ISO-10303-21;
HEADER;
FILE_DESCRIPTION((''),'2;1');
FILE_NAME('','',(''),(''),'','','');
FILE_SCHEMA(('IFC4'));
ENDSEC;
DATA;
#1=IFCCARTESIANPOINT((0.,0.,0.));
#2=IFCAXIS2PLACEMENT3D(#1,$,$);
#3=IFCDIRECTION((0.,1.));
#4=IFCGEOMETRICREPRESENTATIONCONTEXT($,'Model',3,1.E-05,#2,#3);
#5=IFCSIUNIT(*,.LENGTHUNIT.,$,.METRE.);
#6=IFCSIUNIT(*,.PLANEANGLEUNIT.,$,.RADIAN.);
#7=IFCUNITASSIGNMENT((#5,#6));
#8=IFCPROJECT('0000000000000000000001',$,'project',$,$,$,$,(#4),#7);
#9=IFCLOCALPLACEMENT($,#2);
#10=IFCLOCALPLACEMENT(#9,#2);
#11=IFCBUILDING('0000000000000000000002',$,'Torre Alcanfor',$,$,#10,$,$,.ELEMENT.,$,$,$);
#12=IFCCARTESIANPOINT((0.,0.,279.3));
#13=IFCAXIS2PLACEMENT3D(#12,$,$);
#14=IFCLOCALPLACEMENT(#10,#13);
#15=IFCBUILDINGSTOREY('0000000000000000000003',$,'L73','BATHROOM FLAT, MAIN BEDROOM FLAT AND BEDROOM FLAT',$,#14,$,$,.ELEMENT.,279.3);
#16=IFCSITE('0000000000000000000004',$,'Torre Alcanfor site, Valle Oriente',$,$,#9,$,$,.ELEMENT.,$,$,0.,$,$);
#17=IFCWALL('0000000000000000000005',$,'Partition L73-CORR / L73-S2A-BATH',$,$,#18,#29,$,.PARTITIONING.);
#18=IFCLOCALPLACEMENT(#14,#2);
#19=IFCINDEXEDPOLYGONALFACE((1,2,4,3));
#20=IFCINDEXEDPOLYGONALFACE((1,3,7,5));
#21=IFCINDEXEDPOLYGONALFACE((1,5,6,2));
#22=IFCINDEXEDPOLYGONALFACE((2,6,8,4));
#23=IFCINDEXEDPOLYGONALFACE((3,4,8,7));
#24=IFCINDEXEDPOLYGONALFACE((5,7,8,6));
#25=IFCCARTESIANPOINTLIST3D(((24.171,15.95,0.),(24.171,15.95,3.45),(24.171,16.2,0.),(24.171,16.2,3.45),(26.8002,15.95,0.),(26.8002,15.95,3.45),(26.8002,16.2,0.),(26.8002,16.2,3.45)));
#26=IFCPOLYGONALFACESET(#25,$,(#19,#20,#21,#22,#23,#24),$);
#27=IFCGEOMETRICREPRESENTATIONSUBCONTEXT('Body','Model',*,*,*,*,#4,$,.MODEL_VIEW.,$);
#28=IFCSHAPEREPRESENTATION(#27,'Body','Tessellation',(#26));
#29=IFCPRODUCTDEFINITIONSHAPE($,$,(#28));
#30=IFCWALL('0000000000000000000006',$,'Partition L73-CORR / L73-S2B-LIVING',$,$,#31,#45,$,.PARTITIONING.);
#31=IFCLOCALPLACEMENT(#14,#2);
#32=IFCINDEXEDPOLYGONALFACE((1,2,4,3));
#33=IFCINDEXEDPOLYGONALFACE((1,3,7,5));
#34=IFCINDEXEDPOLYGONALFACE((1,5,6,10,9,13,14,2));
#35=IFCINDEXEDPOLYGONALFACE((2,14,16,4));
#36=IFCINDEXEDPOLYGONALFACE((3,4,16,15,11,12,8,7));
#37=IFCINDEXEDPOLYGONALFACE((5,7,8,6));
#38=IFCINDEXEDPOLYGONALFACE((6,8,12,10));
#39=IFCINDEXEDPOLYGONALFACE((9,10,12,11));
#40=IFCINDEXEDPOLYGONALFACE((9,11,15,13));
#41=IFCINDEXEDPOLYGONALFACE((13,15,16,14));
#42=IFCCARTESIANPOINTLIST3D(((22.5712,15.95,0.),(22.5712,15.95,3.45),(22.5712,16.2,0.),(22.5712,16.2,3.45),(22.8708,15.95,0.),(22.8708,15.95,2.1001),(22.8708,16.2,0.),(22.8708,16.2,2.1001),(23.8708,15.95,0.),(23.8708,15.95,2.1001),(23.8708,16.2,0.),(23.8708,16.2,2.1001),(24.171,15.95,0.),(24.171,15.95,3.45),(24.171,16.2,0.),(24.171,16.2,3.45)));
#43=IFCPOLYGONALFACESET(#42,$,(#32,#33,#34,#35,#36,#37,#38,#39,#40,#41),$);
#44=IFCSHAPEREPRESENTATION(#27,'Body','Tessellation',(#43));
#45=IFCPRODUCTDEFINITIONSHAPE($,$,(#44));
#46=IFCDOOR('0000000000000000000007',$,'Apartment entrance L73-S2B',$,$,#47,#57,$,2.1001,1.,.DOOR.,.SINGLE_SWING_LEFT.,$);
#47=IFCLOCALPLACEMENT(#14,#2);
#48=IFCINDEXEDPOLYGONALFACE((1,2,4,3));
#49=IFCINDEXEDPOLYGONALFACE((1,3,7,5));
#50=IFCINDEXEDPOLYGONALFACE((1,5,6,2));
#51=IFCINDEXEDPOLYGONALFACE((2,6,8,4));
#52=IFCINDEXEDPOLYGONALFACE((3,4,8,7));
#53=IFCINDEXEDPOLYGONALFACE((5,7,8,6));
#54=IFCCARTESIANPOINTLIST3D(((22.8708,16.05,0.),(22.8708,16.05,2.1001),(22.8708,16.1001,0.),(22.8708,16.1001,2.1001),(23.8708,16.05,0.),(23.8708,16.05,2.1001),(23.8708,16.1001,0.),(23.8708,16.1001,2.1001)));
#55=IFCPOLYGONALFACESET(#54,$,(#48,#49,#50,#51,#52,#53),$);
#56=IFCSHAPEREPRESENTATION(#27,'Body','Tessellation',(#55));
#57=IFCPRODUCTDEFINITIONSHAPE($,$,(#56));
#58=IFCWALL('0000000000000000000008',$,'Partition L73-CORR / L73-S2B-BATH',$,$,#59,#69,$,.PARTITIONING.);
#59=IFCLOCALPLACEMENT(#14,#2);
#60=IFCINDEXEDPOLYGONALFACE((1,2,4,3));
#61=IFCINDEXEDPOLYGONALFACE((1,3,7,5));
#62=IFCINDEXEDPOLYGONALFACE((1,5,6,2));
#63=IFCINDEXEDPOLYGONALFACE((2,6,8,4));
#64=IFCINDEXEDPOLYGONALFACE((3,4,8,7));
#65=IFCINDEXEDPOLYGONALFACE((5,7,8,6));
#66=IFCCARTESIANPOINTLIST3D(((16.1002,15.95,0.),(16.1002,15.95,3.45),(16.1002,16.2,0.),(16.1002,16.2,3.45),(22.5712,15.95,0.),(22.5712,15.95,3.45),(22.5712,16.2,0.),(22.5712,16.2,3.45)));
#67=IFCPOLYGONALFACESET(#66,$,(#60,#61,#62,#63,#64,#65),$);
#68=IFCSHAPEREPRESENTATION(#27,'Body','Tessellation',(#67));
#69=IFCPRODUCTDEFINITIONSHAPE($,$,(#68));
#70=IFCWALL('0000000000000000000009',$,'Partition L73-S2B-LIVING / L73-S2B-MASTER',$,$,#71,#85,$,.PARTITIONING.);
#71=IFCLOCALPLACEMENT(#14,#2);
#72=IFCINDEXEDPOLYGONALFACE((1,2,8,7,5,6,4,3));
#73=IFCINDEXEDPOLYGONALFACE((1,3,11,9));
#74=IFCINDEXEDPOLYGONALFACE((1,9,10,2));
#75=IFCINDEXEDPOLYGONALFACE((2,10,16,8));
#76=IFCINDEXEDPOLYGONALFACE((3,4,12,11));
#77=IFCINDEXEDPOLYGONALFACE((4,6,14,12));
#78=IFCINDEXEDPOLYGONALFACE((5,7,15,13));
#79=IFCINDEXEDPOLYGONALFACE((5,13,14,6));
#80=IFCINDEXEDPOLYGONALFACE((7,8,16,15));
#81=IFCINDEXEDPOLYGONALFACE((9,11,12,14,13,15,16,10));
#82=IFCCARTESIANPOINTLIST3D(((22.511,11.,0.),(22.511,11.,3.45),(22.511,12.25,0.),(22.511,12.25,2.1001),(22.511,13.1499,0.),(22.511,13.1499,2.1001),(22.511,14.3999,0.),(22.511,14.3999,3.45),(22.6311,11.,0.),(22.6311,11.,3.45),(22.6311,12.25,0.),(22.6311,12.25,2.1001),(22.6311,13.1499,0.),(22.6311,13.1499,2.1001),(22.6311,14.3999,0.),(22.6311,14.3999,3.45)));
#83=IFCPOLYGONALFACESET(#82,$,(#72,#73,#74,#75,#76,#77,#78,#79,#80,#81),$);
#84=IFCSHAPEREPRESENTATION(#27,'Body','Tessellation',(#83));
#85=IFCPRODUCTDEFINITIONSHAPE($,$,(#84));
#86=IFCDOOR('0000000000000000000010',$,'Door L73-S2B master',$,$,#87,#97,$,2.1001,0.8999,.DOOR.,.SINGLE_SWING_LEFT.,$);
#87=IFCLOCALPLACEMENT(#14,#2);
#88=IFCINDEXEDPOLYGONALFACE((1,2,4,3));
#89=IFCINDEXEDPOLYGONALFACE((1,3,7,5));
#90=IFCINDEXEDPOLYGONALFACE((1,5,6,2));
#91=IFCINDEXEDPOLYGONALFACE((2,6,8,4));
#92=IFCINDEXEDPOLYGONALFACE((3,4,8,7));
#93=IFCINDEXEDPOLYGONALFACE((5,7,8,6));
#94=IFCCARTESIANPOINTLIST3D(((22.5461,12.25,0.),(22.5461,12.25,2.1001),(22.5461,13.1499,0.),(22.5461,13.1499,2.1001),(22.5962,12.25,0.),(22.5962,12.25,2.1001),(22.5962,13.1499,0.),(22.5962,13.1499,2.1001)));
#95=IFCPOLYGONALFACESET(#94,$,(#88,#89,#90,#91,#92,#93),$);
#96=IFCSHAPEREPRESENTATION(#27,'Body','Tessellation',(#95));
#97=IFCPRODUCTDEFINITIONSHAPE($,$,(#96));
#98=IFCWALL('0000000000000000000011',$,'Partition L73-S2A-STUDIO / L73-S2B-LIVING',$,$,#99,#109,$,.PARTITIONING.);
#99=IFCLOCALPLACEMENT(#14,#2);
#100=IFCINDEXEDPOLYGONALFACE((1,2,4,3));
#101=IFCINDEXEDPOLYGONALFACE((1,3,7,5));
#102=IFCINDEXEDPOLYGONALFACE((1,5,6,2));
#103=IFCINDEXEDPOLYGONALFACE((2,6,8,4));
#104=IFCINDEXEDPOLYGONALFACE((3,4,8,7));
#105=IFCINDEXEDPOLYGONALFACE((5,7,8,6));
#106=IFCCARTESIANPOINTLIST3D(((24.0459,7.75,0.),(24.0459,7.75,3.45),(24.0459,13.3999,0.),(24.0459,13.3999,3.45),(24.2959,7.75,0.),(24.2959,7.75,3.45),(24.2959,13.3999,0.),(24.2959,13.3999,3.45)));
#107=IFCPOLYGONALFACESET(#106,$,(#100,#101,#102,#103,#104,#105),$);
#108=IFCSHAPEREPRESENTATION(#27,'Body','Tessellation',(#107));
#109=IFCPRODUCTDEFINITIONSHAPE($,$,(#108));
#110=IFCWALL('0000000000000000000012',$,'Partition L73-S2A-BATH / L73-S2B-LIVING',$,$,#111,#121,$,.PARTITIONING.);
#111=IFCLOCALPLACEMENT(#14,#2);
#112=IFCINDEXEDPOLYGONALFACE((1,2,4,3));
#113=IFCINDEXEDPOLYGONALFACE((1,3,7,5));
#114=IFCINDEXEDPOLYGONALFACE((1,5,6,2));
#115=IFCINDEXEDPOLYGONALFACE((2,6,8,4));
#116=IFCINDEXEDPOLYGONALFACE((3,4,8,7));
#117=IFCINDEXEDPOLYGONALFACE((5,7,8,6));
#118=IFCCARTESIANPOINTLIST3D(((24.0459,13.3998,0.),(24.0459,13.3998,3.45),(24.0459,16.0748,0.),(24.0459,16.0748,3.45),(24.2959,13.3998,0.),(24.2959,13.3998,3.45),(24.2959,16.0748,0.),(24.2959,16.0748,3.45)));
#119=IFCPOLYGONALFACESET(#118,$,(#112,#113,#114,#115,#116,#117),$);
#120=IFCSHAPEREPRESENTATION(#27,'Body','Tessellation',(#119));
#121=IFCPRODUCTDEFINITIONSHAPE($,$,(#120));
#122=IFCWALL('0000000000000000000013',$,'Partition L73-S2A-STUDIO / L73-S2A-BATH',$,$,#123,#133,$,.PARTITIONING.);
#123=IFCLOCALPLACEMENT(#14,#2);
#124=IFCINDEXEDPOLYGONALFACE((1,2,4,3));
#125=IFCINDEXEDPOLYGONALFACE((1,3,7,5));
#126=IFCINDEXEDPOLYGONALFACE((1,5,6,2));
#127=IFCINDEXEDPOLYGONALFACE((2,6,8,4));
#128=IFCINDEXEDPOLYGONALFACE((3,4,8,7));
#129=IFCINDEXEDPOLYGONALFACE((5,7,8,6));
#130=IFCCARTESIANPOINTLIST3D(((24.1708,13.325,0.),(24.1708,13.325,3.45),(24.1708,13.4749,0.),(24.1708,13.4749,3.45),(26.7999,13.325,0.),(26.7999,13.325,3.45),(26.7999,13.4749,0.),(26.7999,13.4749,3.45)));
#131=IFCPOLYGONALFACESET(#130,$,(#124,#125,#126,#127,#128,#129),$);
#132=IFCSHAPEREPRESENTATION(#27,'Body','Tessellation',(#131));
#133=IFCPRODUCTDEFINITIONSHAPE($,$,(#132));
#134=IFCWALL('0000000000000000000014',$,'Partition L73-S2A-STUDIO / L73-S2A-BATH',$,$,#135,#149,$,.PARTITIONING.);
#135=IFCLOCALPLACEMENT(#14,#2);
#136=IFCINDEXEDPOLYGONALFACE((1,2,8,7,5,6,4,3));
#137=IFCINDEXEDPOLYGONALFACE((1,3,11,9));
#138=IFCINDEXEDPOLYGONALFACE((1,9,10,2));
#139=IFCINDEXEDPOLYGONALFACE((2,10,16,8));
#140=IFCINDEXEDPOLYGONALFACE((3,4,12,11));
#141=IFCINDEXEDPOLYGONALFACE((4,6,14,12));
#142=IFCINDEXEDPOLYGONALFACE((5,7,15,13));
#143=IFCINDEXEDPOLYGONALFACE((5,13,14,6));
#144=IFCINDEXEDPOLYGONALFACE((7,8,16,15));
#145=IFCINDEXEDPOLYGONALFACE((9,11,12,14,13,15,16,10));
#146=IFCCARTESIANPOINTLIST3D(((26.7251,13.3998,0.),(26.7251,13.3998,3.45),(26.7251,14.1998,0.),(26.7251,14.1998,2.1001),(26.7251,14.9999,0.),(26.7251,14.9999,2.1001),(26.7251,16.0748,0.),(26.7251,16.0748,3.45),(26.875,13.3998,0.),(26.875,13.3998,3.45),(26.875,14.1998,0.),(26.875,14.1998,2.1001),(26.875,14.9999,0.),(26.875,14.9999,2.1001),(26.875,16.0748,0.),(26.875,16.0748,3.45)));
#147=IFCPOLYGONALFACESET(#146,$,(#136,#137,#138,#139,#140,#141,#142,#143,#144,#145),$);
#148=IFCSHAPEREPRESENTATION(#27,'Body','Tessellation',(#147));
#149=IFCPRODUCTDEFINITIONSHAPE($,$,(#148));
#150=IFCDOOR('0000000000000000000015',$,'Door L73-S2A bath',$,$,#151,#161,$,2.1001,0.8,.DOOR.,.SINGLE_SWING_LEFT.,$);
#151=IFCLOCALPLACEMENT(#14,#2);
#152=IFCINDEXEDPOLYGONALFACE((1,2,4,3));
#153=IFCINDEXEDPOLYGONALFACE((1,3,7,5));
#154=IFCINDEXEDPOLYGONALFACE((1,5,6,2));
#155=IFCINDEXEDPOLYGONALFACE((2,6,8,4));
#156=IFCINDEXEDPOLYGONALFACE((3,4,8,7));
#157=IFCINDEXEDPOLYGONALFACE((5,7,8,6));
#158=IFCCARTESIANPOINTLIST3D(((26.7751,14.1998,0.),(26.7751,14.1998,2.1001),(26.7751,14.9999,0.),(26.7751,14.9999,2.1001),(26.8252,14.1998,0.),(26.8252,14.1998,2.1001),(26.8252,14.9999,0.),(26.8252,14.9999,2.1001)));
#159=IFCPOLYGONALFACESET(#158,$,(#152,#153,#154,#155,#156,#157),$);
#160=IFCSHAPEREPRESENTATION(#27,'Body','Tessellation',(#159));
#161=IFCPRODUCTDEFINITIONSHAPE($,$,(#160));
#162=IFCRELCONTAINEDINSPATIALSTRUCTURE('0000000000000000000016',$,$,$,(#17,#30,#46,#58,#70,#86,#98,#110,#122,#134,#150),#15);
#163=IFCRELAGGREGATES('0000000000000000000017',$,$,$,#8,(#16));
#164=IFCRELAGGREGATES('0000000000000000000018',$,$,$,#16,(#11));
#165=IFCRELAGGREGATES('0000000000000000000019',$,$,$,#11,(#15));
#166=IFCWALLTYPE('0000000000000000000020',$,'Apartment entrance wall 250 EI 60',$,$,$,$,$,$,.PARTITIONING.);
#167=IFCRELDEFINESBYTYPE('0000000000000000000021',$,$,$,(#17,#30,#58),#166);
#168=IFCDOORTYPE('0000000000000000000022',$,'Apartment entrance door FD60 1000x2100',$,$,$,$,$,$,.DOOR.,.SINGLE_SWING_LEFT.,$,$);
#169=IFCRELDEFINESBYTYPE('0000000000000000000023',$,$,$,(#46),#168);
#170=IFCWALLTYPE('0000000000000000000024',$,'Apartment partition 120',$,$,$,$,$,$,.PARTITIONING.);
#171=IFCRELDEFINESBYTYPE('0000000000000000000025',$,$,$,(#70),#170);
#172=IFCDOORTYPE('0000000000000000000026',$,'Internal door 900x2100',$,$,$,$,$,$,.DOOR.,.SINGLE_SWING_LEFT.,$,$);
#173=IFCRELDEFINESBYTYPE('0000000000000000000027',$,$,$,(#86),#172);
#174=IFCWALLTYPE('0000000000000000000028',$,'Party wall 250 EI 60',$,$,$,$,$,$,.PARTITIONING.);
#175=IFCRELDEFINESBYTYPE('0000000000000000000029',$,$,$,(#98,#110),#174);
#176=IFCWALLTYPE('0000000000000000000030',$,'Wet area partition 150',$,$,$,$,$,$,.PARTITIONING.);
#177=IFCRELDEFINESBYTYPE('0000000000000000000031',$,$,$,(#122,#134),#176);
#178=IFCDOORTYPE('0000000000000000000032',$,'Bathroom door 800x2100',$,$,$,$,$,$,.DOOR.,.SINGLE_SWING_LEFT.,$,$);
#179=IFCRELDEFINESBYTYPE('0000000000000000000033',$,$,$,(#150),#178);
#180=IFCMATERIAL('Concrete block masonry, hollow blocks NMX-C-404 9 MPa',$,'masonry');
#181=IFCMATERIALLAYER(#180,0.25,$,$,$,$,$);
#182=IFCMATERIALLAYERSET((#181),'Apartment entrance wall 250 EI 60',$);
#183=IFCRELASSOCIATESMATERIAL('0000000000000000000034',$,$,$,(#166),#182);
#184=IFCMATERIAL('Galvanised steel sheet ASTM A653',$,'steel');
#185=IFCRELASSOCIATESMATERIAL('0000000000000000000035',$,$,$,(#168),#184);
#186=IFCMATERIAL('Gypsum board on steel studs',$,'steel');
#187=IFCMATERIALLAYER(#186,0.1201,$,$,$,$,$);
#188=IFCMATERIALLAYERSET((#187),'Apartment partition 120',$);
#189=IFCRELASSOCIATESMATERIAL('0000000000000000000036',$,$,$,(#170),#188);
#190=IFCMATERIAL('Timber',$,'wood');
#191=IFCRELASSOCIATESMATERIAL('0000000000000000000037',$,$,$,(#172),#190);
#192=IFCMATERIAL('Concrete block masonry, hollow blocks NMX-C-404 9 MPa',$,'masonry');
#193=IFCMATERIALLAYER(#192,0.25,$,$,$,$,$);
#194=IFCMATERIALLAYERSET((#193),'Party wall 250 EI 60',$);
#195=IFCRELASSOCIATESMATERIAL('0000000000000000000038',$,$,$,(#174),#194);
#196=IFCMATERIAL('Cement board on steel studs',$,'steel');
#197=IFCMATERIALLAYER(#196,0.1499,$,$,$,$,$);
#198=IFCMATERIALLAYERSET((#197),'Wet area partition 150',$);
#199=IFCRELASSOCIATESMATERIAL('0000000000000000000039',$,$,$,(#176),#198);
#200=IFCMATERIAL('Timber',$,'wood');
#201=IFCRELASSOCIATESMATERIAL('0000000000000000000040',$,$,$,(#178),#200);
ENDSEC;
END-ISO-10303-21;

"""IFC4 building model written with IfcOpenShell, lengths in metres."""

from ifc_helpers import new_model, si_unit, direction, frame, frame_2d, origin, place, context, subcontext, project, spatial, rectangle, extrude, material, layer, layer_set, type_object, element, fill, save


model = new_model("IFC4")

# Units and contexts
model_context = context("Model", 3, precision=1e-05, world=origin(), true_north=direction((0.0, 1.0)))
body_context = subcontext(model_context, "Body", "Model", "MODEL_VIEW")
ifc_project = project(units=[si_unit("LENGTHUNIT", "METRE"), si_unit("PLANEANGLEUNIT", "RADIAN")], contexts=[model_context])

# Site, building, storey
site_placement = place(None, origin())
site = spatial("IfcSite", under=ifc_project, at=site_placement, Name="Torre Alcanfor site, Valle Oriente", CompositionType="ELEMENT", RefElevation=0.0)
building_placement = place(site_placement, origin())
building = spatial("IfcBuilding", under=site, at=building_placement, Name="Torre Alcanfor", CompositionType="ELEMENT")
storey_placement = place(building_placement, frame((0.0, 0.0, 279.3)))
storey = spatial("IfcBuildingStorey", under=building, at=storey_placement, Name="L73", Description="BATHROOM FLAT, MAIN BEDROOM FLAT AND BEDROOM FLAT", CompositionType="ELEMENT", Elevation=279.3)

# Wall
ifc_material_1 = material(Name="Concrete block masonry, hollow blocks NMX-C-404 9 MPa", Category="masonry")
ifc_layer_1 = layer(ifc_material_1, 0.25)
ifc_layer_set_1 = layer_set([ifc_layer_1], Name="Apartment entrance wall 250 EI 60")
wall_type_1 = type_object("IfcWallType", Name="Apartment entrance wall 250 EI 60", PredefinedType="PARTITIONING", material=ifc_layer_set_1)
wall_1_placement = place(storey_placement, frame((26.8, 16.075, 0.0), z_axis=(0.0, 0.0, 1.0), x_axis=(-1.0, 0.0, 0.0)))
element("IfcWall", 1, at=wall_1_placement, inside=storey, type_object=wall_type_1, Name="Partition L73-CORR / L73-S2A-BATH", PredefinedType="PARTITIONING", context=body_context, shape_type="SweptSolid", body=[
    extrude(rectangle(XDim=2.6292, YDim=0.25, at=frame_2d((1.3145, 0.0))), origin(), (0.0, 0.0, 1.0), 3.45),
])

# Wall, opening, door
wall_2_placement = place(storey_placement, frame((24.1709, 16.075, 0.0), z_axis=(0.0, 0.0, 1.0), x_axis=(-1.0, 0.0, 0.0)))
wall_2 = element("IfcWall", 2, at=wall_2_placement, inside=storey, type_object=wall_type_1, Name="Partition L73-CORR / L73-S2B-LIVING", PredefinedType="PARTITIONING", context=body_context, shape_type="SweptSolid", body=[
    extrude(rectangle(XDim=1.5999, YDim=0.25, at=frame_2d((0.7998, 0.0))), origin(), (0.0, 0.0, 1.0), 3.45),
])
opening_1_placement = place(wall_2_placement, frame((0.3, 0.0, 0.0)))
opening_1 = element("IfcOpeningElement", 3, at=opening_1_placement, cuts=wall_2, PredefinedType="OPENING", context=body_context, shape_type="SweptSolid", body=[
    extrude(rectangle(XDim=1.0, YDim=2.1001, at=frame_2d((0.5, 1.05))), frame((0.0, 0.135, 0.0), z_axis=(0.0, -1.0, 0.0), x_axis=(1.0, 0.0, 0.0)), (0.0, 0.0, 1.0), 0.27),
])
ifc_material_2 = material(Name="Galvanised steel sheet ASTM A653", Category="steel")
door_type_1 = type_object("IfcDoorType", Name="Apartment entrance door FD60 1000x2100", OperationType="SINGLE_SWING_LEFT", PredefinedType="DOOR", material=ifc_material_2)
door_1_placement = place(opening_1_placement, origin())
door_1 = element("IfcDoor", 4, at=door_1_placement, inside=storey, type_object=door_type_1, Name="Apartment entrance L73-S2B", OperationType="SINGLE_SWING_LEFT", OverallHeight=2.1001, OverallWidth=1.0, PredefinedType="DOOR", context=body_context, shape_type="SweptSolid", body=[
    extrude(rectangle(XDim=1.0, YDim=2.1001, at=frame_2d((0.5, 1.05))), frame((0.0, 0.0249, 0.0), z_axis=(0.0, -1.0, 0.0), x_axis=(1.0, 0.0, 0.0)), (0.0, 0.0, 1.0), 0.05),
])
fill(opening_1, door_1)

# Wall
wall_3_placement = place(storey_placement, frame((22.571, 16.075, 0.0), z_axis=(0.0, 0.0, 1.0), x_axis=(-1.0, 0.0, 0.0)))
element("IfcWall", 5, at=wall_3_placement, inside=storey, type_object=wall_type_1, Name="Partition L73-CORR / L73-S2B-BATH", PredefinedType="PARTITIONING", context=body_context, shape_type="SweptSolid", body=[
    extrude(rectangle(XDim=6.4709, YDim=0.25, at=frame_2d((3.2354, 0.0))), origin(), (0.0, 0.0, 1.0), 3.45),
])

# Wall, opening, door
ifc_material_3 = material(Name="Gypsum board on steel studs", Category="steel")
ifc_layer_2 = layer(ifc_material_3, 0.1201)
ifc_layer_set_2 = layer_set([ifc_layer_2], Name="Apartment partition 120")
wall_type_2 = type_object("IfcWallType", Name="Apartment partition 120", PredefinedType="PARTITIONING", material=ifc_layer_set_2)
wall_4_placement = place(storey_placement, frame((22.571, 11.0, 0.0), z_axis=(0.0, 0.0, 1.0), x_axis=(0.0, 1.0, 0.0)))
wall_4 = element("IfcWall", 6, at=wall_4_placement, inside=storey, type_object=wall_type_2, Name="Partition L73-S2B-LIVING / L73-S2B-MASTER", PredefinedType="PARTITIONING", context=body_context, shape_type="SweptSolid", body=[
    extrude(rectangle(XDim=3.3999, YDim=0.1201, at=frame_2d((1.7, 0.0))), origin(), (0.0, 0.0, 1.0), 3.45),
])
opening_2_placement = place(wall_4_placement, frame((1.25, 0.0, 0.0)))
opening_2 = element("IfcOpeningElement", 7, at=opening_2_placement, cuts=wall_4, PredefinedType="OPENING", context=body_context, shape_type="SweptSolid", body=[
    extrude(rectangle(XDim=0.8999, YDim=2.1001, at=frame_2d((0.45, 1.05))), frame((0.0, 0.0701, 0.0), z_axis=(0.0, -1.0, 0.0), x_axis=(1.0, 0.0, 0.0)), (0.0, 0.0, 1.0), 0.1401),
])
ifc_material_4 = material(Name="Timber", Category="wood")
door_type_2 = type_object("IfcDoorType", Name="Internal door 900x2100", OperationType="SINGLE_SWING_LEFT", PredefinedType="DOOR", material=ifc_material_4)
door_2_placement = place(opening_2_placement, origin())
door_2 = element("IfcDoor", 8, at=door_2_placement, inside=storey, type_object=door_type_2, Name="Door L73-S2B master", OperationType="SINGLE_SWING_LEFT", OverallHeight=2.1001, OverallWidth=0.8999, PredefinedType="DOOR", context=body_context, shape_type="SweptSolid", body=[
    extrude(rectangle(XDim=0.8999, YDim=2.1001, at=frame_2d((0.45, 1.05))), frame((0.0, 0.0249, 0.0), z_axis=(0.0, -1.0, 0.0), x_axis=(1.0, 0.0, 0.0)), (0.0, 0.0, 1.0), 0.05),
])
fill(opening_2, door_2)

# Walls
ifc_material_5 = material(Name="Concrete block masonry, hollow blocks NMX-C-404 9 MPa", Category="masonry")
ifc_layer_3 = layer(ifc_material_5, 0.25)
ifc_layer_set_3 = layer_set([ifc_layer_3], Name="Party wall 250 EI 60")
wall_type_3 = type_object("IfcWallType", Name="Party wall 250 EI 60", PredefinedType="PARTITIONING", material=ifc_layer_set_3)
wall_5_placement = place(storey_placement, frame((24.1709, 7.75, 0.0), z_axis=(0.0, 0.0, 1.0), x_axis=(0.0, 1.0, 0.0)))
element("IfcWall", 9, at=wall_5_placement, inside=storey, type_object=wall_type_3, Name="Partition L73-S2A-STUDIO / L73-S2B-LIVING", PredefinedType="PARTITIONING", context=body_context, shape_type="SweptSolid", body=[
    extrude(rectangle(XDim=5.6499, YDim=0.25, at=frame_2d((2.825, 0.0))), origin(), (0.0, 0.0, 1.0), 3.45),
])
wall_6_placement = place(storey_placement, frame((24.1709, 13.3999, 0.0), z_axis=(0.0, 0.0, 1.0), x_axis=(0.0, 1.0, 0.0)))
element("IfcWall", 10, at=wall_6_placement, inside=storey, type_object=wall_type_3, Name="Partition L73-S2A-BATH / L73-S2B-LIVING", PredefinedType="PARTITIONING", context=body_context, shape_type="SweptSolid", body=[
    extrude(rectangle(XDim=2.675, YDim=0.25, at=frame_2d((1.3374, 0.0))), origin(), (0.0, 0.0, 1.0), 3.45),
])
ifc_material_6 = material(Name="Cement board on steel studs", Category="steel")
ifc_layer_4 = layer(ifc_material_6, 0.1499)
ifc_layer_set_4 = layer_set([ifc_layer_4], Name="Wet area partition 150")
wall_type_4 = type_object("IfcWallType", Name="Wet area partition 150", PredefinedType="PARTITIONING", material=ifc_layer_set_4)
wall_7_placement = place(storey_placement, frame((24.1709, 13.3999, 0.0), z_axis=(0.0, 0.0, 1.0), x_axis=(1.0, 0.0, 0.0)))
element("IfcWall", 11, at=wall_7_placement, inside=storey, type_object=wall_type_4, Name="Partition L73-S2A-STUDIO / L73-S2A-BATH", PredefinedType="PARTITIONING", context=body_context, shape_type="SweptSolid", body=[
    extrude(rectangle(XDim=2.6292, YDim=0.1499, at=frame_2d((1.3145, 0.0))), origin(), (0.0, 0.0, 1.0), 3.45),
])

# Wall, opening, door
wall_8_placement = place(storey_placement, frame((26.8, 13.3999, 0.0), z_axis=(0.0, 0.0, 1.0), x_axis=(0.0, 1.0, 0.0)))
wall_8 = element("IfcWall", 12, at=wall_8_placement, inside=storey, type_object=wall_type_4, Name="Partition L73-S2A-STUDIO / L73-S2A-BATH", PredefinedType="PARTITIONING", context=body_context, shape_type="SweptSolid", body=[
    extrude(rectangle(XDim=2.675, YDim=0.1499, at=frame_2d((1.3374, 0.0))), origin(), (0.0, 0.0, 1.0), 3.45),
])
opening_3_placement = place(wall_8_placement, frame((0.8, 0.0, 0.0)))
opening_3 = element("IfcOpeningElement", 13, at=opening_3_placement, cuts=wall_8, PredefinedType="OPENING", context=body_context, shape_type="SweptSolid", body=[
    extrude(rectangle(XDim=0.8, YDim=2.1001, at=frame_2d((0.3999, 1.05))), frame((0.0, 0.085, 0.0), z_axis=(0.0, -1.0, 0.0), x_axis=(1.0, 0.0, 0.0)), (0.0, 0.0, 1.0), 0.1699),
])
ifc_material_7 = material(Name="Timber", Category="wood")
door_type_3 = type_object("IfcDoorType", Name="Bathroom door 800x2100", OperationType="SINGLE_SWING_LEFT", PredefinedType="DOOR", material=ifc_material_7)
door_3_placement = place(opening_3_placement, origin())
door_3 = element("IfcDoor", 14, at=door_3_placement, inside=storey, type_object=door_type_3, Name="Door L73-S2A bath", OperationType="SINGLE_SWING_LEFT", OverallHeight=2.1001, OverallWidth=0.8, PredefinedType="DOOR", context=body_context, shape_type="SweptSolid", body=[
    extrude(rectangle(XDim=0.8, YDim=2.1001, at=frame_2d((0.3999, 1.05))), frame((0.0, 0.0249, 0.0), z_axis=(0.0, -1.0, 0.0), x_axis=(1.0, 0.0, 0.0)), (0.0, 0.0, 1.0), 0.05),
])
fill(opening_3, door_3)

save(model, "model.ifc")
